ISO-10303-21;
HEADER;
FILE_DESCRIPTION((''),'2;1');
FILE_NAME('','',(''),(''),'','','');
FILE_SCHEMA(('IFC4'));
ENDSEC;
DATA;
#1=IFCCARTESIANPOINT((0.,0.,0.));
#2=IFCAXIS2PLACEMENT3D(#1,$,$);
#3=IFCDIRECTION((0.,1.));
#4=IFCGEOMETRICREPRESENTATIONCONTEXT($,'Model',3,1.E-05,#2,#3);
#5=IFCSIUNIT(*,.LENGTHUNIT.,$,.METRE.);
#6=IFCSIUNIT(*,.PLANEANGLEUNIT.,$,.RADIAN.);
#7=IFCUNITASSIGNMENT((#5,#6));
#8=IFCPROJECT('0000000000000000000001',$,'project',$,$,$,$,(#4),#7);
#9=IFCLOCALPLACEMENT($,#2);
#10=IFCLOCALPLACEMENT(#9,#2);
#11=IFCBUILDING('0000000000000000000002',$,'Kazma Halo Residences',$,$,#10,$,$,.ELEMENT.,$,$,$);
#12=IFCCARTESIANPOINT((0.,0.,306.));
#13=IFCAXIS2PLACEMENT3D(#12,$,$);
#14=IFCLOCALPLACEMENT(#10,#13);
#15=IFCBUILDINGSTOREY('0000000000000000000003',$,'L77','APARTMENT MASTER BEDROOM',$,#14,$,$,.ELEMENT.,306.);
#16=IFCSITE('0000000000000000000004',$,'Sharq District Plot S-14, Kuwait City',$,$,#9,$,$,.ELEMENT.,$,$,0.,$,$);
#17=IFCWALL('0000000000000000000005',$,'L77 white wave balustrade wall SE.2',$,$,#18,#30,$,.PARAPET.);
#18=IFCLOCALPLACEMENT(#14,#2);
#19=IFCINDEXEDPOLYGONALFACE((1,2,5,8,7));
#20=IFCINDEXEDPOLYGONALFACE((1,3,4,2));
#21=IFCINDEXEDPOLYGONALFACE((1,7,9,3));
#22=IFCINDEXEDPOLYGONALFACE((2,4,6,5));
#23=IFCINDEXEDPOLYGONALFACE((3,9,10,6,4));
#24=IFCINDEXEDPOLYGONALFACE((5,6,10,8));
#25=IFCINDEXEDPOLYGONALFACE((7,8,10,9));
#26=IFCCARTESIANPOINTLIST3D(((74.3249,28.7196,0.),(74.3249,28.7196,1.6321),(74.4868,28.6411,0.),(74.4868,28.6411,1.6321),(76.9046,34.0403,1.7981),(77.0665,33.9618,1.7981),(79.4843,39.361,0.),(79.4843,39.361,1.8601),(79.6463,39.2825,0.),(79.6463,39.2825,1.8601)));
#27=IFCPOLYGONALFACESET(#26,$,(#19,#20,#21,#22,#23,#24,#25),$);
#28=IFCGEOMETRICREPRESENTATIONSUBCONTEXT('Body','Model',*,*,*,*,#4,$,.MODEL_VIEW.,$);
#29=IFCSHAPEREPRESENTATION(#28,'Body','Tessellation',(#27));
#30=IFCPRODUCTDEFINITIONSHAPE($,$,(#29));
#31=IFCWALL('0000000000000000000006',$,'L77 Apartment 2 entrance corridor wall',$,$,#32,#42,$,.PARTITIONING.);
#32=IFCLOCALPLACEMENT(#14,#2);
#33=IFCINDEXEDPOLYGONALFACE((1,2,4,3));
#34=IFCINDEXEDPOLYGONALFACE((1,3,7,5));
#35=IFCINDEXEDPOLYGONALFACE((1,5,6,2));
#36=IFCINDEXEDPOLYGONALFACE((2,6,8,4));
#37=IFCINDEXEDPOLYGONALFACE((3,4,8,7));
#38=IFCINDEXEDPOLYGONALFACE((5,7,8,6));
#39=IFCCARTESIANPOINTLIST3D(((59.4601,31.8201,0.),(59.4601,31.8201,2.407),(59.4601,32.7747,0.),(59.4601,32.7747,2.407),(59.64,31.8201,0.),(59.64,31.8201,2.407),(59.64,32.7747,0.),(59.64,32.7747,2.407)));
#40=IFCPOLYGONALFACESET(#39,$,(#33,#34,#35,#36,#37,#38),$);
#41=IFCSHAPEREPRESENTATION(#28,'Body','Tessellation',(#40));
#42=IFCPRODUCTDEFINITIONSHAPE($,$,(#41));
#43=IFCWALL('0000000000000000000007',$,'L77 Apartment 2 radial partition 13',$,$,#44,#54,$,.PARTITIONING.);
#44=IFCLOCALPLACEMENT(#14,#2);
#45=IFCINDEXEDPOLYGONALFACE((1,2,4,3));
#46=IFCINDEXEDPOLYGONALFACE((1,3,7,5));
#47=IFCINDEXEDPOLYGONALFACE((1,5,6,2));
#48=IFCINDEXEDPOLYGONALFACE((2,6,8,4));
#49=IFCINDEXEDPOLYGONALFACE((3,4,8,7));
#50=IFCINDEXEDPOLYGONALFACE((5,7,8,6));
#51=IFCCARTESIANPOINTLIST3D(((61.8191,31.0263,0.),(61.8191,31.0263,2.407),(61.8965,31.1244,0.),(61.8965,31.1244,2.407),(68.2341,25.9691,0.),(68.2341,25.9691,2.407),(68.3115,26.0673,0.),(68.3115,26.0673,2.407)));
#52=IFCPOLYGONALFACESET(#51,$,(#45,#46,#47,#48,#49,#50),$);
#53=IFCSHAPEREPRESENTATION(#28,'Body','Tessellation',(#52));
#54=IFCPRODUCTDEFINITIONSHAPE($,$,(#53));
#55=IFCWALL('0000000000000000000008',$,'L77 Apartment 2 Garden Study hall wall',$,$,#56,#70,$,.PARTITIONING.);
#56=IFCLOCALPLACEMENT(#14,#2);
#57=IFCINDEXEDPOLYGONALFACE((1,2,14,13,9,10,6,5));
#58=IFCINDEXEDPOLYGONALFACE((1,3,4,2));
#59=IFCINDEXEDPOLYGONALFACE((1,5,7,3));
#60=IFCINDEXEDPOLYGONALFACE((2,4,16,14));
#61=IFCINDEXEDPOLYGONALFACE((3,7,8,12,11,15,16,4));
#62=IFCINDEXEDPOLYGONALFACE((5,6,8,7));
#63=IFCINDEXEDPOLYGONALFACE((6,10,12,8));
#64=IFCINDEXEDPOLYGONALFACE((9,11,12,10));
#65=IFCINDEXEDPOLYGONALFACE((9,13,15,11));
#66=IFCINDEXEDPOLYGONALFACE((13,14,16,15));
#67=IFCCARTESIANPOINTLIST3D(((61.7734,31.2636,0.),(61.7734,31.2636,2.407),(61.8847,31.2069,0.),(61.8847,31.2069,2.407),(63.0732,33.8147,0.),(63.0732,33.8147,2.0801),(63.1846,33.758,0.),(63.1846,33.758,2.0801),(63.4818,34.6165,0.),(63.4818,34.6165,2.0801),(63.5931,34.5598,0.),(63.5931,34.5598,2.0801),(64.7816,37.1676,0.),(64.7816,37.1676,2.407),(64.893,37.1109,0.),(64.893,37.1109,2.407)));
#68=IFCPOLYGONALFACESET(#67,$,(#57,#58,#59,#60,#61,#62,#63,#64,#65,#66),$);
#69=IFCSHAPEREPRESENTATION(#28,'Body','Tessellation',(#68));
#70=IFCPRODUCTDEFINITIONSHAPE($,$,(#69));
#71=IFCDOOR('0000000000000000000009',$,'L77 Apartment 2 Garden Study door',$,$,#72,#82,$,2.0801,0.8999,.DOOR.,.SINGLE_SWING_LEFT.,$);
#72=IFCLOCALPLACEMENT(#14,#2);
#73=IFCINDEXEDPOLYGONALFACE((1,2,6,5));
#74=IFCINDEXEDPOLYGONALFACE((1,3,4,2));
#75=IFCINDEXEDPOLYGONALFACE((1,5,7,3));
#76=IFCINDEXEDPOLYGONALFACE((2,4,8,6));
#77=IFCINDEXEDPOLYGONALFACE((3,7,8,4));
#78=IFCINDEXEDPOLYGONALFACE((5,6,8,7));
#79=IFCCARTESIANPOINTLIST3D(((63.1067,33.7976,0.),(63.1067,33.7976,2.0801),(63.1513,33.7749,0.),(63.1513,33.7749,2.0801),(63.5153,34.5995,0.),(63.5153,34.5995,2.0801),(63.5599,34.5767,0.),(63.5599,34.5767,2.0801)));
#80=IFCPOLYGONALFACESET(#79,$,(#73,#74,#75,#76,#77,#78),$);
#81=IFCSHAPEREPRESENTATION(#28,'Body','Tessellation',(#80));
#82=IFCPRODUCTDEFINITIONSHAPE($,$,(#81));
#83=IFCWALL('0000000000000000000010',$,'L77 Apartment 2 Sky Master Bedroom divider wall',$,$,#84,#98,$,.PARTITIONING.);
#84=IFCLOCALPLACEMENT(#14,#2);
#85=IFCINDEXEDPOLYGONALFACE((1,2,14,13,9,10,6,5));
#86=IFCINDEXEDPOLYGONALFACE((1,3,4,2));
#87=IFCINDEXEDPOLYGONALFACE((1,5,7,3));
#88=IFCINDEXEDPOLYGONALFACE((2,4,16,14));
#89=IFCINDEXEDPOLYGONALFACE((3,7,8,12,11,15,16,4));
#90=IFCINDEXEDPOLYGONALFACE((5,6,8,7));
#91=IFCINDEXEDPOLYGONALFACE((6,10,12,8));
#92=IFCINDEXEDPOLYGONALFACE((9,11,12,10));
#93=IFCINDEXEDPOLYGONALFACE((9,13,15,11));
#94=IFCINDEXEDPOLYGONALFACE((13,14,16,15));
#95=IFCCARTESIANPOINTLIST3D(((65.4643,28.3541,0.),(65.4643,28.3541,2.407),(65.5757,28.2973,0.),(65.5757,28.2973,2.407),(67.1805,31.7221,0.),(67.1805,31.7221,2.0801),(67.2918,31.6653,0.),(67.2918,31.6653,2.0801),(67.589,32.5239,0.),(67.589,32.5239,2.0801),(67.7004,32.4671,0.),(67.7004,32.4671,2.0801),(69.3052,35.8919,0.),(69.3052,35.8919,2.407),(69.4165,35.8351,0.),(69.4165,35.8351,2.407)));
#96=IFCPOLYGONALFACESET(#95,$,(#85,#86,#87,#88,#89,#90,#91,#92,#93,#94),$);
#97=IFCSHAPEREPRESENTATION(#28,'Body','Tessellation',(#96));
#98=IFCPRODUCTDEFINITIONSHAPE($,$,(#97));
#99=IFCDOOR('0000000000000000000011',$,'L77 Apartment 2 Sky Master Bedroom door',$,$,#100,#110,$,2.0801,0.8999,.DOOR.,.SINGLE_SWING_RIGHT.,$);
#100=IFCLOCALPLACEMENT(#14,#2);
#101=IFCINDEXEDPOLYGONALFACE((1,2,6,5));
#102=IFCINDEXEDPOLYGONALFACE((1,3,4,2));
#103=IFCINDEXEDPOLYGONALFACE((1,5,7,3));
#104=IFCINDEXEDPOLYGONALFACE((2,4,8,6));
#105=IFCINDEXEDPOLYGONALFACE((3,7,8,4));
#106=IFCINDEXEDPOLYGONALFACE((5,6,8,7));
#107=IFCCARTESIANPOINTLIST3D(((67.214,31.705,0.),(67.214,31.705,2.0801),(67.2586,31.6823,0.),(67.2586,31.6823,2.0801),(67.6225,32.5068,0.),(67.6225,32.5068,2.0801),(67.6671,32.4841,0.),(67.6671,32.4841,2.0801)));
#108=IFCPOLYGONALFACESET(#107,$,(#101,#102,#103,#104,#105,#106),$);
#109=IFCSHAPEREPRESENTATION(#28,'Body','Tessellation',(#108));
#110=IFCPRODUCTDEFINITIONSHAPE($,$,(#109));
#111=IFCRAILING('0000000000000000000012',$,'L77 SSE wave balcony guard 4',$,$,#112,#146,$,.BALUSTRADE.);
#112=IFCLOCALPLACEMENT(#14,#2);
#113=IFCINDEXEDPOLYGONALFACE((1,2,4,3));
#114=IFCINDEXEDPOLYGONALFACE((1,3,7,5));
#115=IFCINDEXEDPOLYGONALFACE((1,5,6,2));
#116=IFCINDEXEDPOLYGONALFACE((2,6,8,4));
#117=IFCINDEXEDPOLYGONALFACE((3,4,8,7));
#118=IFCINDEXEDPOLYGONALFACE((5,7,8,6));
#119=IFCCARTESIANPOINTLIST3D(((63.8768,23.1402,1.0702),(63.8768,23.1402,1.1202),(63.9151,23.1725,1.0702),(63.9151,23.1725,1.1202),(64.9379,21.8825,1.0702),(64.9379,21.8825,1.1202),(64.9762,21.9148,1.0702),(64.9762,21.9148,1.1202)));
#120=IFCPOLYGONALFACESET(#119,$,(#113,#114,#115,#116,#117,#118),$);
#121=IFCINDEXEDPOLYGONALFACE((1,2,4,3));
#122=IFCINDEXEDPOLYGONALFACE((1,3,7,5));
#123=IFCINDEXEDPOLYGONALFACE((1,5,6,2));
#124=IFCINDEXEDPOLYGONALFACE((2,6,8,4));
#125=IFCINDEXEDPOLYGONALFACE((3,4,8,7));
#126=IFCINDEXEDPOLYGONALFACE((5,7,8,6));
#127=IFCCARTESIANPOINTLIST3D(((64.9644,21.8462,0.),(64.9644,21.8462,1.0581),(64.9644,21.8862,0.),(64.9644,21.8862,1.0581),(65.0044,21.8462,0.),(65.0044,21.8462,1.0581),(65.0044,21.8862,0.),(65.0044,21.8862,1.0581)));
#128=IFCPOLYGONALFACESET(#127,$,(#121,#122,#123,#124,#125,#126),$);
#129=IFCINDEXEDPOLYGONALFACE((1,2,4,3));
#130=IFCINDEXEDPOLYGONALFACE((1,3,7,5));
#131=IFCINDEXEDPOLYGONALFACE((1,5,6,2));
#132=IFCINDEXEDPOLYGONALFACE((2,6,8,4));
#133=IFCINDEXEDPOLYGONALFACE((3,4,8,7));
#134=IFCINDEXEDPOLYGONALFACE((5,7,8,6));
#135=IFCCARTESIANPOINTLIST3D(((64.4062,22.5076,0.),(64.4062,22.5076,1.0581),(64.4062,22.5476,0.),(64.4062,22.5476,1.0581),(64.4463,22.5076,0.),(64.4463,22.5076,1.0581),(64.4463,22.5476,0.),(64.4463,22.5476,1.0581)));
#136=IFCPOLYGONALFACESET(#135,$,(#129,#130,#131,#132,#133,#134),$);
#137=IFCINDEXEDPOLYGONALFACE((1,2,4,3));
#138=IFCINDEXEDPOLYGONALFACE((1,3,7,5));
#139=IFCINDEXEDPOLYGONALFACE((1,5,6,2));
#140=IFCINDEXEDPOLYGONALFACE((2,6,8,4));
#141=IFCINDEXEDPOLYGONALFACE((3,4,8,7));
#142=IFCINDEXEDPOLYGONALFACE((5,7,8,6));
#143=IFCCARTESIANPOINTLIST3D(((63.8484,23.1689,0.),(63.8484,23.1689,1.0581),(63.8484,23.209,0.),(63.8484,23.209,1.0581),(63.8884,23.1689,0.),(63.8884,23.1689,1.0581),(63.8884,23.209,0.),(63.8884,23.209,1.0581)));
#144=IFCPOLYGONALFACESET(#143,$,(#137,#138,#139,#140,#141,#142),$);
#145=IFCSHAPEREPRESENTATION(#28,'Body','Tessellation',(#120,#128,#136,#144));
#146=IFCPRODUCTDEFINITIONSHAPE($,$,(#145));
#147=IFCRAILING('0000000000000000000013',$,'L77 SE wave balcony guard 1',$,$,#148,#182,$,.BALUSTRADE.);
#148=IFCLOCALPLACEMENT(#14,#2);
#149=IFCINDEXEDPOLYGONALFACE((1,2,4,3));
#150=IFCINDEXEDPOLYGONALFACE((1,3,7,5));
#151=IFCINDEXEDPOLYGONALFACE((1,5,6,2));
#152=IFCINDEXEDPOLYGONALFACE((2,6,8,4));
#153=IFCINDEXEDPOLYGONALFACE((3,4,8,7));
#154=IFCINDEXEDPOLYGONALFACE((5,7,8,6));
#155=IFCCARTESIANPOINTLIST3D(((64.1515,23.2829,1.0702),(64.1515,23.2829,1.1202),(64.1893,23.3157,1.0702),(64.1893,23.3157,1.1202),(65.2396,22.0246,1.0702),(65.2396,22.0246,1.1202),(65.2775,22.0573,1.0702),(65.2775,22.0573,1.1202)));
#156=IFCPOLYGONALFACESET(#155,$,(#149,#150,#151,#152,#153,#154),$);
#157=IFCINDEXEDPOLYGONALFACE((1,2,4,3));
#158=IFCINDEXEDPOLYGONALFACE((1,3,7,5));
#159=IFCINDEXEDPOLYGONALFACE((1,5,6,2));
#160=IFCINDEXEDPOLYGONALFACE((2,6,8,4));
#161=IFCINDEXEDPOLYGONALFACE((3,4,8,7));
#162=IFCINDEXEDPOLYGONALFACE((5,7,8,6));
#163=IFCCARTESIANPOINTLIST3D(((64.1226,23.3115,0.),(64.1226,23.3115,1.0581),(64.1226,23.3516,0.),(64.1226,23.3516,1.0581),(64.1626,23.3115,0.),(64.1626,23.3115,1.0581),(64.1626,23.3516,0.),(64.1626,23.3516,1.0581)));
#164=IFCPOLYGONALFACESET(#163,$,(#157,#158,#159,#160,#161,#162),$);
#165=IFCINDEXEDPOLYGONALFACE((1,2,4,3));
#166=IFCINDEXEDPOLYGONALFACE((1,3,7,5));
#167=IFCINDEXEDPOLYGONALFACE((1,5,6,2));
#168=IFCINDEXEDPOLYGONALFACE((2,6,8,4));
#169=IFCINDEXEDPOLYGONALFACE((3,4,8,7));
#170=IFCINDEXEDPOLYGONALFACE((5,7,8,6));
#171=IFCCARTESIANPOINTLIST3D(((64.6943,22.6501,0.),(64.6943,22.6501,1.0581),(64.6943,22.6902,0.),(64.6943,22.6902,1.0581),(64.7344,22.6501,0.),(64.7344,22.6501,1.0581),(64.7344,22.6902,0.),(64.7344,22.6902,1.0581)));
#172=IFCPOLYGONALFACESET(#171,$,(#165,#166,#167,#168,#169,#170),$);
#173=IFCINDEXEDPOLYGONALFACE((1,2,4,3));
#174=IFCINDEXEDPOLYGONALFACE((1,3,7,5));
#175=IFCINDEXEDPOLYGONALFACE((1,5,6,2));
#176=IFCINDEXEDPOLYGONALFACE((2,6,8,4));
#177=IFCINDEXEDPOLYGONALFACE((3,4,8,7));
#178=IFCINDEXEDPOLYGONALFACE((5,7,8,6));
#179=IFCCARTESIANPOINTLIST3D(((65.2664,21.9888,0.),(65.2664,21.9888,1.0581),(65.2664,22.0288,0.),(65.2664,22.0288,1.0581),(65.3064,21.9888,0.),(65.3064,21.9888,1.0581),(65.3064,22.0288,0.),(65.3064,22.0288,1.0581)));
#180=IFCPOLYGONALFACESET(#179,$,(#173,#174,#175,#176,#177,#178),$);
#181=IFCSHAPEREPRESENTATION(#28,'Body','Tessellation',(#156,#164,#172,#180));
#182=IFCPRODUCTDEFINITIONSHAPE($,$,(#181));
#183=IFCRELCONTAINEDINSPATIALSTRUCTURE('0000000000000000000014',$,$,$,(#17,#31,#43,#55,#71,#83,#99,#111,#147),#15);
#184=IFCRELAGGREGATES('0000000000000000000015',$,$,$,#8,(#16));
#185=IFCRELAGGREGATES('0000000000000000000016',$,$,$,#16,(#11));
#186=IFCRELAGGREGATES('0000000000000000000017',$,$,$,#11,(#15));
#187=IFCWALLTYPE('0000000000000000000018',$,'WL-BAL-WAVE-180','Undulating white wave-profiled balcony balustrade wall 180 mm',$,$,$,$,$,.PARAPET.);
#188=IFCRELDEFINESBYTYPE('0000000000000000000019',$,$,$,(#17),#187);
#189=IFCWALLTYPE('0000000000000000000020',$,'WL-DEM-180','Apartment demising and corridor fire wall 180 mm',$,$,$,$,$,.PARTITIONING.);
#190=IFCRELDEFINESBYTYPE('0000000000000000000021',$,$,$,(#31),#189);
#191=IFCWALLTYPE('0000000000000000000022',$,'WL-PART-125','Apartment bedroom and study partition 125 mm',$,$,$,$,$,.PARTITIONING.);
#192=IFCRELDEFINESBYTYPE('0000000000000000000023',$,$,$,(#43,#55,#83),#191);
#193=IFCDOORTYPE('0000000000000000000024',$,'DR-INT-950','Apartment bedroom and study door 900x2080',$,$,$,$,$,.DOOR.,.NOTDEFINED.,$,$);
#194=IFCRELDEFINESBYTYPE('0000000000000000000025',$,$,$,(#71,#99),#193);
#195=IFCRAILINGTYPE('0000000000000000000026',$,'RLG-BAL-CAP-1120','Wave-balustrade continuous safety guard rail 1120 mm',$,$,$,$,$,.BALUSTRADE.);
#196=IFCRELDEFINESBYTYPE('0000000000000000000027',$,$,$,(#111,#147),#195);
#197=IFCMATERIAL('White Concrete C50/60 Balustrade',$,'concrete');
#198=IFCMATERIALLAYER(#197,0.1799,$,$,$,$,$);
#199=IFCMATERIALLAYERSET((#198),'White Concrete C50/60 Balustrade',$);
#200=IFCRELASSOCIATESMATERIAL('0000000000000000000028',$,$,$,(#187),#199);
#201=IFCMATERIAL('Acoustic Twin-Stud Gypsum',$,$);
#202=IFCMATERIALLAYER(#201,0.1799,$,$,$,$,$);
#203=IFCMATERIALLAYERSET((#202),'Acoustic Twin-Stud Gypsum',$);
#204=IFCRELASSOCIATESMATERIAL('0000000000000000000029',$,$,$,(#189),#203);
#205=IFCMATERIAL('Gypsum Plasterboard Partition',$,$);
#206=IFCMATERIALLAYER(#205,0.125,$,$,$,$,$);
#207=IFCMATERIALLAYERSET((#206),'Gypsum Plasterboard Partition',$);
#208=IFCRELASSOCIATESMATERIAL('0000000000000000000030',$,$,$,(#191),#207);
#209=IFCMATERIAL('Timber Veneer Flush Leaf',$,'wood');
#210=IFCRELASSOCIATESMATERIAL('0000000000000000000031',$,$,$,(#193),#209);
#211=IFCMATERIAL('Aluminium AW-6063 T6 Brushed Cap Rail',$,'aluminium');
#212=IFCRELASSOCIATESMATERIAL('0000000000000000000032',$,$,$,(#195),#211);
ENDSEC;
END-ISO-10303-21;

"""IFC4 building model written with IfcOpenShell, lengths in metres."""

from ifc_helpers import new_model, si_unit, direction, frame, frame_2d, origin, origin_2d, place, context, subcontext, project, spatial, polyline, rectangle, outline, extrude, material, layer, layer_set, type_object, element, fill, save


model = new_model("IFC4")

# Units and contexts
model_context = context("Model", 3, precision=1e-05, world=origin(), true_north=direction((0.0, 1.0)))
body_context = subcontext(model_context, "Body", "Model", "MODEL_VIEW")
ifc_project = project(units=[si_unit("LENGTHUNIT", "METRE"), si_unit("PLANEANGLEUNIT", "RADIAN")], contexts=[model_context])

# Site, building, storey
site_placement = place(None, origin())
site = spatial("IfcSite", under=ifc_project, at=site_placement, Name="Sharq District Plot S-14, Kuwait City", CompositionType="ELEMENT", RefElevation=0.0)
building_placement = place(site_placement, origin())
building = spatial("IfcBuilding", under=site, at=building_placement, Name="Kazma Halo Residences", CompositionType="ELEMENT")
storey_placement = place(building_placement, frame((0.0, 0.0, 306.0)))
storey = spatial("IfcBuildingStorey", under=building, at=storey_placement, Name="L77", Description="APARTMENT MASTER BEDROOM", CompositionType="ELEMENT", Elevation=306.0)

# Walls
ifc_material_1 = material(Name="White Concrete C50/60 Balustrade", Category="concrete")
ifc_layer_1 = layer(ifc_material_1, 0.1799)
ifc_layer_set_1 = layer_set([ifc_layer_1], Name="White Concrete C50/60 Balustrade")
wall_type_1 = type_object("IfcWallType", Name="WL-BAL-WAVE-180", Description="Undulating white wave-profiled balcony balustrade wall 180 mm", PredefinedType="PARAPET", material=ifc_layer_set_1)
wall_1_placement = place(storey_placement, frame((74.4058, 28.6804, 0.0), z_axis=(0.0, 0.0, 1.0), x_axis=(0.436272, 0.899815, 0.0)))
element("IfcWall", 1, at=wall_1_placement, inside=storey, type_object=wall_type_1, Name="L77 white wave balustrade wall SE.2", PredefinedType="PARAPET", context=body_context, shape_type="SweptSolid", body=[
    extrude(outline(polyline([(0.0, 0.0), (11.8262, 0.0), (11.8262, 1.8601), (5.9131, 1.7981), (0.0, 1.6321), (0.0, 0.0)])), frame((0.0, 0.0898, 0.0), z_axis=(0.0, -1.0, 0.0), x_axis=(1.0, 0.0, 0.0)), (0.0, 0.0, 1.0), 0.1799),
])
ifc_material_2 = material(Name="Acoustic Twin-Stud Gypsum")
ifc_layer_2 = layer(ifc_material_2, 0.1799)
ifc_layer_set_2 = layer_set([ifc_layer_2], Name="Acoustic Twin-Stud Gypsum")
wall_type_2 = type_object("IfcWallType", Name="WL-DEM-180", Description="Apartment demising and corridor fire wall 180 mm", PredefinedType="PARTITIONING", material=ifc_layer_set_2)
wall_2_placement = place(storey_placement, frame((59.55, 31.8201, 0.0), z_axis=(0.0, 0.0, 1.0), x_axis=(0.0, 1.0, 0.0)))
element("IfcWall", 2, at=wall_2_placement, inside=storey, type_object=wall_type_2, Name="L77 Apartment 2 entrance corridor wall", PredefinedType="PARTITIONING", context=body_context, shape_type="SweptSolid", body=[
    extrude(rectangle(XDim=0.9546, YDim=0.1799, at=frame_2d((0.4773, 0.0))), origin(), (0.0, 0.0, 1.0), 2.407),
])

# Wall
ifc_material_3 = material(Name="Gypsum Plasterboard Partition")
ifc_layer_3 = layer(ifc_material_3, 0.125)
ifc_layer_set_3 = layer_set([ifc_layer_3], Name="Gypsum Plasterboard Partition")
wall_type_3 = type_object("IfcWallType", Name="WL-PART-125", Description="Apartment bedroom and study partition 125 mm", PredefinedType="PARTITIONING", material=ifc_layer_set_3)
wall_3_placement = place(storey_placement, frame((61.8577, 31.0754, 0.0), z_axis=(0.0, 0.0, 1.0), x_axis=(0.785322, -0.619088, 0.0)))
element("IfcWall", 3, at=wall_3_placement, inside=storey, type_object=wall_type_3, Name="L77 Apartment 2 radial partition 13", PredefinedType="PARTITIONING", context=body_context, shape_type="SweptSolid", body=[
    extrude(rectangle(XDim=8.1687, YDim=0.125, at=frame_2d((4.0845, 0.0))), origin(), (0.0, 0.0, 1.0), 2.407),
])

# Walls, openings, doors
wall_4_placement = place(storey_placement, frame((61.8291, 31.2354, 0.0), z_axis=(0.0, 0.0, 1.0), x_axis=(0.453995, 0.891004, 0.0)))
wall_4 = element("IfcWall", 4, at=wall_4_placement, inside=storey, type_object=wall_type_3, Name="L77 Apartment 2 Garden Study hall wall", PredefinedType="PARTITIONING", context=body_context, shape_type="SweptSolid", body=[
    extrude(rectangle(XDim=6.6262, YDim=0.125, at=frame_2d((3.313, 0.0))), origin(), (0.0, 0.0, 1.0), 2.407),
])
opening_1_placement = place(wall_4_placement, frame((2.863, 0.0, 0.0)))
opening_1 = element("IfcOpeningElement", 5, at=opening_1_placement, cuts=wall_4, PredefinedType="OPENING", context=body_context, shape_type="SweptSolid", body=[
    extrude(rectangle(XDim=0.8999, YDim=2.0801, at=frame_2d((0.45, 1.04))), frame((0.0, 0.0725, 0.0), z_axis=(0.0, -1.0, 0.0), x_axis=(1.0, 0.0, 0.0)), (0.0, 0.0, 1.0), 0.145),
])
ifc_material_4 = material(Name="Timber Veneer Flush Leaf", Category="wood")
door_type_1 = type_object("IfcDoorType", Name="DR-INT-950", Description="Apartment bedroom and study door 900x2080", OperationType="NOTDEFINED", PredefinedType="DOOR", material=ifc_material_4)
door_1_placement = place(opening_1_placement, origin())
door_1 = element("IfcDoor", 6, at=door_1_placement, inside=storey, type_object=door_type_1, Name="L77 Apartment 2 Garden Study door", OperationType="SINGLE_SWING_LEFT", OverallHeight=2.0801, OverallWidth=0.8999, PredefinedType="DOOR", context=body_context, shape_type="SweptSolid", body=[
    extrude(rectangle(XDim=0.8999, YDim=2.0801, at=frame_2d((0.45, 1.04))), frame((0.0, 0.0249, 0.0), z_axis=(0.0, -1.0, 0.0), x_axis=(1.0, 0.0, 0.0)), (0.0, 0.0, 1.0), 0.05),
])
fill(opening_1, door_1)
wall_5_placement = place(storey_placement, frame((65.52, 28.3257, 0.0), z_axis=(0.0, 0.0, 1.0), x_axis=(0.454, 0.891002, 0.0)))
wall_5 = element("IfcWall", 7, at=wall_5_placement, inside=storey, type_object=wall_type_3, Name="L77 Apartment 2 Sky Master Bedroom divider wall", PredefinedType="PARTITIONING", context=body_context, shape_type="SweptSolid", body=[
    extrude(rectangle(XDim=8.46, YDim=0.125, at=frame_2d((4.23, 0.0))), origin(), (0.0, 0.0, 1.0), 2.407),
])
opening_2_placement = place(wall_5_placement, frame((3.78, 0.0, 0.0)))
opening_2 = element("IfcOpeningElement", 8, at=opening_2_placement, cuts=wall_5, PredefinedType="OPENING", context=body_context, shape_type="SweptSolid", body=[
    extrude(rectangle(XDim=0.8999, YDim=2.0801, at=frame_2d((0.45, 1.04))), frame((0.0, 0.0725, 0.0), z_axis=(0.0, -1.0, 0.0), x_axis=(1.0, 0.0, 0.0)), (0.0, 0.0, 1.0), 0.145),
])
door_2_placement = place(opening_2_placement, origin())
door_2 = element("IfcDoor", 9, at=door_2_placement, inside=storey, type_object=door_type_1, Name="L77 Apartment 2 Sky Master Bedroom door", OperationType="SINGLE_SWING_RIGHT", OverallHeight=2.0801, OverallWidth=0.8999, PredefinedType="DOOR", context=body_context, shape_type="SweptSolid", body=[
    extrude(rectangle(XDim=0.8999, YDim=2.0801, at=frame_2d((0.45, 1.04))), frame((0.0, 0.0249, 0.0), z_axis=(0.0, -1.0, 0.0), x_axis=(1.0, 0.0, 0.0)), (0.0, 0.0, 1.0), 0.05),
])
fill(opening_2, door_2)

# Railings
ifc_material_5 = material(Name="Aluminium AW-6063 T6 Brushed Cap Rail", Category="aluminium")
railing_type = type_object("IfcRailingType", Name="RLG-BAL-CAP-1120", Description="Wave-balustrade continuous safety guard rail 1120 mm", PredefinedType="BALUSTRADE", material=ifc_material_5)
railing_1_placement = place(storey_placement, frame((64.9844, 21.8662, 0.0)))
element("IfcRailing", 10, at=railing_1_placement, inside=storey, type_object=railing_type, Name="L77 SSE wave balcony guard 4", PredefinedType="BALUSTRADE", context=body_context, shape_type="SweptSolid", body=[
    extrude(rectangle(XDim=0.05, YDim=0.05, at=origin_2d()), frame((-0.0273, 0.0325, 1.0952), z_axis=(-0.644835, 0.764322, 0.0), x_axis=(-0.764322, -0.644835, 0.0)), (0.0, 0.0, 1.0), 1.6455),
    extrude(rectangle(XDim=0.04, YDim=0.04, at=origin_2d()), origin(), (0.0, 0.0, 1.0), 1.0581),
    extrude(rectangle(XDim=0.04, YDim=0.04, at=origin_2d()), frame((-0.5581, 0.6614, 0.0)), (0.0, 0.0, 1.0), 1.0581),
    extrude(rectangle(XDim=0.04, YDim=0.04, at=origin_2d()), frame((-1.116, 1.3228, 0.0)), (0.0, 0.0, 1.0), 1.0581),
])
railing_2_placement = place(storey_placement, frame((64.1426, 23.3315, 0.0)))
element("IfcRailing", 11, at=railing_2_placement, inside=storey, type_object=railing_type, Name="L77 SE wave balcony guard 1", PredefinedType="BALUSTRADE", context=body_context, shape_type="SweptSolid", body=[
    extrude(rectangle(XDim=0.05, YDim=0.05, at=origin_2d()), frame((0.0278, -0.0322, 1.0952), z_axis=(0.654085, -0.756421, 0.0), x_axis=(0.756421, 0.654085, 0.0)), (0.0, 0.0, 1.0), 1.6636),
    extrude(rectangle(XDim=0.04, YDim=0.04, at=origin_2d()), origin(), (0.0, 0.0, 1.0), 1.0581),
    extrude(rectangle(XDim=0.04, YDim=0.04, at=origin_2d()), frame((0.5718, -0.6614, 0.0)), (0.0, 0.0, 1.0), 1.0581),
    extrude(rectangle(XDim=0.04, YDim=0.04, at=origin_2d()), frame((1.1438, -1.3228, 0.0)), (0.0, 0.0, 1.0), 1.0581),
])

save(model, "model.ifc")
